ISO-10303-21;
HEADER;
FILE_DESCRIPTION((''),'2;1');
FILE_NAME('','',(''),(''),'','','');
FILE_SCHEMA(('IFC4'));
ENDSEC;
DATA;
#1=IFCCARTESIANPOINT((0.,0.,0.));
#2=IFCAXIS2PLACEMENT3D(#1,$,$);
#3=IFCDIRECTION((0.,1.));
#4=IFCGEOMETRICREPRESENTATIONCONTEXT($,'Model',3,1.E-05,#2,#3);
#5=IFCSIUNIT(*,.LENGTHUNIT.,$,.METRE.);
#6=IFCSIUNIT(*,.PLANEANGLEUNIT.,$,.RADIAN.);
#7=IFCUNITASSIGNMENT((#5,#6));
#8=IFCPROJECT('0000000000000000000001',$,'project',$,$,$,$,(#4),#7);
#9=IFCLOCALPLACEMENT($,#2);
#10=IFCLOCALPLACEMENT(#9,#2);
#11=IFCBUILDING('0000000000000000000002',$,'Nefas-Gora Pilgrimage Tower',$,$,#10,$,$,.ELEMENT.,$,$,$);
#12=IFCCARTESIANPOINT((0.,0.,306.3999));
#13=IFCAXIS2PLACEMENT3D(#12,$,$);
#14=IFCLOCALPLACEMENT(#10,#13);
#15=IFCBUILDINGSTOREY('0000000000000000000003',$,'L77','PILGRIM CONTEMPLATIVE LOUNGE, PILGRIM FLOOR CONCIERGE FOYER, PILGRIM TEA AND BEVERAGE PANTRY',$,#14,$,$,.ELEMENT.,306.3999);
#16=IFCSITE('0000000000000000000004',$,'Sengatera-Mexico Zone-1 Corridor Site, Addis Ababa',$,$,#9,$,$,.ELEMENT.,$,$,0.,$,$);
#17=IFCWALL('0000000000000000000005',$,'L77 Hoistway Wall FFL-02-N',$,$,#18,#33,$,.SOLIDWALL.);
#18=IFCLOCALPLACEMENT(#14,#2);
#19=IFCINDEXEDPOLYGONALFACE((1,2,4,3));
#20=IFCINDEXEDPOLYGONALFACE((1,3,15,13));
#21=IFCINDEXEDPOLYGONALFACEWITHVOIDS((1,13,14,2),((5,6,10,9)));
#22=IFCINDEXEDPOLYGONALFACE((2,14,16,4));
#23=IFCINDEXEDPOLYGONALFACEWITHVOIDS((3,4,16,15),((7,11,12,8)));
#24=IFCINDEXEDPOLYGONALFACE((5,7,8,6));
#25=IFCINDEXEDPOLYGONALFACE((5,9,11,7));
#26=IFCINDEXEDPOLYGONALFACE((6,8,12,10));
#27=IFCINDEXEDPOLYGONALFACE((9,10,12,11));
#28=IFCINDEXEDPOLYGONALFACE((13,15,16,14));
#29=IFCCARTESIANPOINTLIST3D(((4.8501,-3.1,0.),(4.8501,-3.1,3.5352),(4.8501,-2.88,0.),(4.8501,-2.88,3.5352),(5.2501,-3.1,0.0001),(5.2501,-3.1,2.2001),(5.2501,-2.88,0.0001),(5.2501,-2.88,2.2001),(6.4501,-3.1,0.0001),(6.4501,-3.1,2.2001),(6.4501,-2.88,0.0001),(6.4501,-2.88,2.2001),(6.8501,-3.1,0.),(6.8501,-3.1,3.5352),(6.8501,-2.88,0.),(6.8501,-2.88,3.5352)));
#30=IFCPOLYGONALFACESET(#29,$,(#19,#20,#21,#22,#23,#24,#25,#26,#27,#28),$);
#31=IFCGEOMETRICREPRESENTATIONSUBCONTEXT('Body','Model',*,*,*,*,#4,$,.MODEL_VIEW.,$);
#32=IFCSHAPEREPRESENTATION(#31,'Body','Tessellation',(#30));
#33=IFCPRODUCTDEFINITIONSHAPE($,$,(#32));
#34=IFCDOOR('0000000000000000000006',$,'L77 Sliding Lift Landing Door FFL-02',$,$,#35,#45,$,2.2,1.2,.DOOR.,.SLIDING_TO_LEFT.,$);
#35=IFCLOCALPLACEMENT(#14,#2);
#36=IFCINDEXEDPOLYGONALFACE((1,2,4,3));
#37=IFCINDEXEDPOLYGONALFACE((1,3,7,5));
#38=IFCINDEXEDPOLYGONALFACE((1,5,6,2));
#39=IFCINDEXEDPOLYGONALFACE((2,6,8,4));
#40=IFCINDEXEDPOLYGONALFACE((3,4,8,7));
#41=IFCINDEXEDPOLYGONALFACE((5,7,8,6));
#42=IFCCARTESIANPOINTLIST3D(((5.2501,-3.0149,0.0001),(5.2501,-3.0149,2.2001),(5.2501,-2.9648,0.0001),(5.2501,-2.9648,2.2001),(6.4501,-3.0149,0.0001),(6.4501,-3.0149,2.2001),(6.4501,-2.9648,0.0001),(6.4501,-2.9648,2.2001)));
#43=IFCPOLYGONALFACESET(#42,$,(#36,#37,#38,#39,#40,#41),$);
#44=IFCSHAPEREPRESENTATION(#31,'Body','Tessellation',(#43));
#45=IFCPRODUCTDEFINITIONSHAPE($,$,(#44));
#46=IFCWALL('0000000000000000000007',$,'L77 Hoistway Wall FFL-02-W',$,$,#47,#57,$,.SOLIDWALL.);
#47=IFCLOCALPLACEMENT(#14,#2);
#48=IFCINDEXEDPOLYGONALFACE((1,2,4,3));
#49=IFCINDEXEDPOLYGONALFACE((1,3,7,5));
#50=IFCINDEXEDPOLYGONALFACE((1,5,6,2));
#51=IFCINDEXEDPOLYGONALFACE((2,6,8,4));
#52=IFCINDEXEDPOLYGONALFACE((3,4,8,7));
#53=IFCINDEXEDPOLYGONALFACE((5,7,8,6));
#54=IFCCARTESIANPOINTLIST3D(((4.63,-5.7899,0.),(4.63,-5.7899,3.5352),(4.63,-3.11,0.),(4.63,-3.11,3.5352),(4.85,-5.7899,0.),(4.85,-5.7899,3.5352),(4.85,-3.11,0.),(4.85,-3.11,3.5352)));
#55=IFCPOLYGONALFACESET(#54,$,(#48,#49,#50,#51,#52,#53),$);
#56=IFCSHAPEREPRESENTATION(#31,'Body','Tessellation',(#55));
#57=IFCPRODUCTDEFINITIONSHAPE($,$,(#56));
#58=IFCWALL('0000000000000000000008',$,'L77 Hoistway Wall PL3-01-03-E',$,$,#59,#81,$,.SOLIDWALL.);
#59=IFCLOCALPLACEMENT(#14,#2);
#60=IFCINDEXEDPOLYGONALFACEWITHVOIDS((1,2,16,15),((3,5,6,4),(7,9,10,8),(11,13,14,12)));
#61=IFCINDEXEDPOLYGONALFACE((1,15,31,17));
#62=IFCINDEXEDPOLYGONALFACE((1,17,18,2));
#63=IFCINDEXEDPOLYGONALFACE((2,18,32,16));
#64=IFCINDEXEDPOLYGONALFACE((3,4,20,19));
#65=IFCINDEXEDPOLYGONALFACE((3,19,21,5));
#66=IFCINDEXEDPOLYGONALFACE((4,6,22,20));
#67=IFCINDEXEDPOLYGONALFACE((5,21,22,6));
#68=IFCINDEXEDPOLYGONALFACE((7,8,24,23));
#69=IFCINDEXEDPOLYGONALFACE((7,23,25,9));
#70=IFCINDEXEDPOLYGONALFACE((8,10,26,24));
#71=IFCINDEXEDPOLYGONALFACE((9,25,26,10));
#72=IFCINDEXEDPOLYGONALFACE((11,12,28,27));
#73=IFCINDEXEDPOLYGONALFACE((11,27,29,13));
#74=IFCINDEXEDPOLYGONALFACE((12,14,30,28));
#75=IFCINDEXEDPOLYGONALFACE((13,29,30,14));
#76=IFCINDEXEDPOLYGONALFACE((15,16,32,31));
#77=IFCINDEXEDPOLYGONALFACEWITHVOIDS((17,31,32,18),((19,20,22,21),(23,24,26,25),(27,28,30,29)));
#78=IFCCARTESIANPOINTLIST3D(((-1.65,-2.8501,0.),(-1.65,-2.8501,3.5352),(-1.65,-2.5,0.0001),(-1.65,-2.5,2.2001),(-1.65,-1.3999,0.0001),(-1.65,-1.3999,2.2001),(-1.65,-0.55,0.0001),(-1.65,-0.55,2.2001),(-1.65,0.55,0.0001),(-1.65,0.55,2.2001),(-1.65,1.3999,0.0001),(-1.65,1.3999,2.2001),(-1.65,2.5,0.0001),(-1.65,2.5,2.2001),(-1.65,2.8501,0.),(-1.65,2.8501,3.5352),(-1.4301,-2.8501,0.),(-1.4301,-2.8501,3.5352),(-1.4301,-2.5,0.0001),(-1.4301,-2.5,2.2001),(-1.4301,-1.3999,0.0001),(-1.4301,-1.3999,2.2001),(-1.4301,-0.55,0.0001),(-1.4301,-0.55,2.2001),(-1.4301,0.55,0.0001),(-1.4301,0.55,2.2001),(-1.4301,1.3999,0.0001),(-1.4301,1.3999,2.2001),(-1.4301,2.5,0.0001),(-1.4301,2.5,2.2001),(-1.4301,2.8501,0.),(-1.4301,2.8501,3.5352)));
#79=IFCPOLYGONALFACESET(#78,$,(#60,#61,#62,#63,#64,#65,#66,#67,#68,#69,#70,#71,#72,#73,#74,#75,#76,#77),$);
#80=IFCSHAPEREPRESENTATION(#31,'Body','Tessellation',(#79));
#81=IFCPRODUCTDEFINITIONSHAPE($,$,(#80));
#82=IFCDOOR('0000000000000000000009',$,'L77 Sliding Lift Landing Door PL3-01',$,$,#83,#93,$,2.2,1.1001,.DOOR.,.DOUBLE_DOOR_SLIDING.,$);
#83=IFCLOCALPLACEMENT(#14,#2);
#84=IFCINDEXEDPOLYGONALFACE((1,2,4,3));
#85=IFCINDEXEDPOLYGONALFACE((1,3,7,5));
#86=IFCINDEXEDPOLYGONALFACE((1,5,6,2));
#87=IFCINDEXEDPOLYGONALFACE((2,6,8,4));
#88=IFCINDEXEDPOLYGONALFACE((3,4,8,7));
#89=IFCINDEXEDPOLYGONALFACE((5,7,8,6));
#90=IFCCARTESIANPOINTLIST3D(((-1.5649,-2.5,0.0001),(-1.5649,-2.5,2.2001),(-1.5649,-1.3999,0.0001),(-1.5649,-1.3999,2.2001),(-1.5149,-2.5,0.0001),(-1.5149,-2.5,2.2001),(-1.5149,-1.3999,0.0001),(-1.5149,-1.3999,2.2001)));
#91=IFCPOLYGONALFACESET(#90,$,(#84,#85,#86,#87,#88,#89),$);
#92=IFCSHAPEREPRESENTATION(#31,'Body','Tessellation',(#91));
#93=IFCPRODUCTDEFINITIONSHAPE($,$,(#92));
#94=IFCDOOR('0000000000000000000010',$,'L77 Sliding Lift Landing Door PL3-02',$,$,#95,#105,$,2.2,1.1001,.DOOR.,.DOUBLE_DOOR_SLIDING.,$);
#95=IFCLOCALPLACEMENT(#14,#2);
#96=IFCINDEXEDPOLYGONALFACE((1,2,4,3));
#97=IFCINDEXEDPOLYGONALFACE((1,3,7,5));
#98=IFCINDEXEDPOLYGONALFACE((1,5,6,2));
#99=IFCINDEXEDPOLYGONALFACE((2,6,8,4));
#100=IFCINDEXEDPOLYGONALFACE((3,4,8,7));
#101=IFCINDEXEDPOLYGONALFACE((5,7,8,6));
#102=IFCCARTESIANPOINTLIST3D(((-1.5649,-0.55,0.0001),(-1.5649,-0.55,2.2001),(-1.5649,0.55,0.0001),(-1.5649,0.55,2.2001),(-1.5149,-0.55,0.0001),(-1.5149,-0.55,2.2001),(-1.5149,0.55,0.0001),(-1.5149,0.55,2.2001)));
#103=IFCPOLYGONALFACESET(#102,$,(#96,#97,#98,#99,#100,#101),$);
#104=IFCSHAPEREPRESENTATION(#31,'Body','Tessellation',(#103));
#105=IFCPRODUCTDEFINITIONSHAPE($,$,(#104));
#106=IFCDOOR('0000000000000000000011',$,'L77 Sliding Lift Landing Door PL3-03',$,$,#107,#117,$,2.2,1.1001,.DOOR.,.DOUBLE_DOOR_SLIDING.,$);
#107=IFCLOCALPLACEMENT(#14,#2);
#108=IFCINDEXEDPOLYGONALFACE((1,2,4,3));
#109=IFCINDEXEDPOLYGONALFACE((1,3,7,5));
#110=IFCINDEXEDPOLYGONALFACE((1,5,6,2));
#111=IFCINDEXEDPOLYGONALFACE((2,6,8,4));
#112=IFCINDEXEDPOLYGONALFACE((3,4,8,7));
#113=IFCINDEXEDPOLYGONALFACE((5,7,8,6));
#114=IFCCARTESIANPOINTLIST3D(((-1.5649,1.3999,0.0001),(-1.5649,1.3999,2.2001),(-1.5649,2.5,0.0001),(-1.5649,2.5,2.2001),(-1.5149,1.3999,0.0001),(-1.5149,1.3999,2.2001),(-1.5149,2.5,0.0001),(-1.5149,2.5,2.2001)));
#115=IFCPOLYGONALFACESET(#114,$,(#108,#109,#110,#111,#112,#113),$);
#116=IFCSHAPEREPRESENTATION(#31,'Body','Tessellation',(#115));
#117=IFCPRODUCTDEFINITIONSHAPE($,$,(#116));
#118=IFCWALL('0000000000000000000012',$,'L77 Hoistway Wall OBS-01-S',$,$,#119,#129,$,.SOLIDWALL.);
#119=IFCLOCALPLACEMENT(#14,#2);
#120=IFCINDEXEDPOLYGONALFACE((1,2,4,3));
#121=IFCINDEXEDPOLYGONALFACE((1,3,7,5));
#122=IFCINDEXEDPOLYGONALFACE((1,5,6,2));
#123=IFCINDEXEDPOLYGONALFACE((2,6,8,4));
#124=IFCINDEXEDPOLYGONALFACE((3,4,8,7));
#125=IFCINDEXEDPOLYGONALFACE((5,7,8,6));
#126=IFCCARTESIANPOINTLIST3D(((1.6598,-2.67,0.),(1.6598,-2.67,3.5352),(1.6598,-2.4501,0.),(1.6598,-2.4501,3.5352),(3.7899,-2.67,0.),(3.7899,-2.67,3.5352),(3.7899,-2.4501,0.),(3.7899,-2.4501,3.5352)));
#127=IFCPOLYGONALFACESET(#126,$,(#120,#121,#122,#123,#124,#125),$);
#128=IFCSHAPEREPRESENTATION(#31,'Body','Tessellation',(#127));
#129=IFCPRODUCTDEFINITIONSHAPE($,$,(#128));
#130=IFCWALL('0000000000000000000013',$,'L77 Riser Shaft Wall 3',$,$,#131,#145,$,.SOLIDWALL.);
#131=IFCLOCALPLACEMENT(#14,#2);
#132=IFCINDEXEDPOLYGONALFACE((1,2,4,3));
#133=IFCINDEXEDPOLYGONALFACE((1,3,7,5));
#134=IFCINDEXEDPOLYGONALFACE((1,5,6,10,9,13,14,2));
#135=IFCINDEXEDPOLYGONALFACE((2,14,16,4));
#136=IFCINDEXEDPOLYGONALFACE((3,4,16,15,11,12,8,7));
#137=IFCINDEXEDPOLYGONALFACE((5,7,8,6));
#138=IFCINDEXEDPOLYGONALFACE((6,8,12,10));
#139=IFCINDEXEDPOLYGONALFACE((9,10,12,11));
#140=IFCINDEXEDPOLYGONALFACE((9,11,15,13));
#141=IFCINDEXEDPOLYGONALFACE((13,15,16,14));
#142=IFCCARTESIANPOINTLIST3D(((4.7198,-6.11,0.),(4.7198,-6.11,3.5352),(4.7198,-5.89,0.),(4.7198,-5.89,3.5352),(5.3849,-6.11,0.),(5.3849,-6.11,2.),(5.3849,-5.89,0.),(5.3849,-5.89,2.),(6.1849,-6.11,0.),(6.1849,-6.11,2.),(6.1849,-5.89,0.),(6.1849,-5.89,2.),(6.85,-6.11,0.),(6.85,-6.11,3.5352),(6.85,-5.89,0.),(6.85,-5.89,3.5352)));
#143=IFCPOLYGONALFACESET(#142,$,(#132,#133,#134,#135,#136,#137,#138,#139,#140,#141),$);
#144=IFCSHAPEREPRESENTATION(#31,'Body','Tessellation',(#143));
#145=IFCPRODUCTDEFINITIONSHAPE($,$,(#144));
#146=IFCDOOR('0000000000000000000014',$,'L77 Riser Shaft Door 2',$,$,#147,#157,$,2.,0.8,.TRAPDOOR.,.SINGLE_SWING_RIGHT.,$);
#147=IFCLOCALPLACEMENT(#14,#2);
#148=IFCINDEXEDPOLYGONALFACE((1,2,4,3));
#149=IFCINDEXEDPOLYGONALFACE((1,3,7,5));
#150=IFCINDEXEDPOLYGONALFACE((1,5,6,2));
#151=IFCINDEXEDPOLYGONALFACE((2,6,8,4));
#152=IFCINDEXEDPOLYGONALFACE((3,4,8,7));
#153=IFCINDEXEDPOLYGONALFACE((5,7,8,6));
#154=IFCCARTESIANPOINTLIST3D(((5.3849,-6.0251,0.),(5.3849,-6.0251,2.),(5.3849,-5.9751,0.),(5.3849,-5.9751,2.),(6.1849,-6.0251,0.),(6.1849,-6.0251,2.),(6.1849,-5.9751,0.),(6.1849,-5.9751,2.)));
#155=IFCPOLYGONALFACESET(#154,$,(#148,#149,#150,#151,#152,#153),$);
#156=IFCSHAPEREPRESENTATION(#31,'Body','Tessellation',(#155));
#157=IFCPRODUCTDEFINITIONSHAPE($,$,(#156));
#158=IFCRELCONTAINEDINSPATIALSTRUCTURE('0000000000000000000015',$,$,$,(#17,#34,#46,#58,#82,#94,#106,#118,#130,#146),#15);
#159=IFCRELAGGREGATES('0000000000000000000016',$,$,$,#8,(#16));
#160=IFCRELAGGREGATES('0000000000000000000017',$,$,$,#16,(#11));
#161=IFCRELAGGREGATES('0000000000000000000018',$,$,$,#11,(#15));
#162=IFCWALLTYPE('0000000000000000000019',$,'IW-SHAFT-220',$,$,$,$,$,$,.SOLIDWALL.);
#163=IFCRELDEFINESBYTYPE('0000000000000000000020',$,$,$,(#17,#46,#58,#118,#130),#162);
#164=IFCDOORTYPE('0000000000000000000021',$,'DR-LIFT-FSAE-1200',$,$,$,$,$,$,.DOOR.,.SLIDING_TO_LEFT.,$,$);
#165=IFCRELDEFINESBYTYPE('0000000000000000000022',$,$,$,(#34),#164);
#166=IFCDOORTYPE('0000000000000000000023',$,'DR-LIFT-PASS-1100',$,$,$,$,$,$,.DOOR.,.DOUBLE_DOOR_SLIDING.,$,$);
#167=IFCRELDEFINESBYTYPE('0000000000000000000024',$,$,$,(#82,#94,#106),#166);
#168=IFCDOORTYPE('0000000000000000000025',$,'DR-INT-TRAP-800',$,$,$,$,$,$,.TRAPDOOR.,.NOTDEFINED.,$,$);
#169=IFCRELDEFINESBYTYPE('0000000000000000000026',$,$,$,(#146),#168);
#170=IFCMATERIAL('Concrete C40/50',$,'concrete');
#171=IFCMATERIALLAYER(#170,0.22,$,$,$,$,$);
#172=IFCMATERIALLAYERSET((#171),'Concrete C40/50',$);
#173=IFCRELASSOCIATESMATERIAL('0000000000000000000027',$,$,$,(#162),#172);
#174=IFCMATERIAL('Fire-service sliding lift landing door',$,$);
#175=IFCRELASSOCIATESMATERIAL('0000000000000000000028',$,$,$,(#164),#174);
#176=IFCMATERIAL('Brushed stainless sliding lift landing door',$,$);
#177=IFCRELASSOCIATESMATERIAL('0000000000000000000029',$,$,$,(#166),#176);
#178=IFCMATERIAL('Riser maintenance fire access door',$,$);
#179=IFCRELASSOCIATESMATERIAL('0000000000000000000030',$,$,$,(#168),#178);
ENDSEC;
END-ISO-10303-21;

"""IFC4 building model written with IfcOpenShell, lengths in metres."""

from ifc_helpers import new_model, si_unit, direction, frame, frame_2d, origin, place, context, subcontext, project, spatial, rectangle, extrude, source, transform, mapped, material, layer, layer_set, type_object, element, fill, save


model = new_model("IFC4")

# Units and contexts
model_context = context("Model", 3, precision=1e-05, world=origin(), true_north=direction((0.0, 1.0)))
body_context = subcontext(model_context, "Body", "Model", "MODEL_VIEW")
ifc_project = project(units=[si_unit("LENGTHUNIT", "METRE"), si_unit("PLANEANGLEUNIT", "RADIAN")], contexts=[model_context])

# Site, building, storey
site_placement = place(None, origin())
site = spatial("IfcSite", under=ifc_project, at=site_placement, Name="Sengatera-Mexico Zone-1 Corridor Site, Addis Ababa", CompositionType="ELEMENT", RefElevation=0.0)
building_placement = place(site_placement, origin())
building = spatial("IfcBuilding", under=site, at=building_placement, Name="Nefas-Gora Pilgrimage Tower", CompositionType="ELEMENT")
storey_placement = place(building_placement, frame((0.0, 0.0, 306.3999)))
storey = spatial("IfcBuildingStorey", under=building, at=storey_placement, Name="L77", Description="PILGRIM CONTEMPLATIVE LOUNGE, PILGRIM FLOOR CONCIERGE FOYER, PILGRIM TEA AND BEVERAGE PANTRY", CompositionType="ELEMENT", Elevation=306.3999)

# Shared definitions
ifc_material_1 = material(Name="Concrete C40/50", Category="concrete")

# Wall, opening, door
ifc_layer_1 = layer(ifc_material_1, 0.22)
ifc_layer_set_1 = layer_set([ifc_layer_1], Name="Concrete C40/50")
wall_type_1 = type_object("IfcWallType", Name="IW-SHAFT-220", PredefinedType="SOLIDWALL", material=ifc_layer_set_1)
shared_shape_1 = source(origin(), body_context, "Body", "SweptSolid", [
    extrude(rectangle(XDim=2.0, YDim=0.22, at=frame_2d((1.0, 0.0))), origin(), (0.0, 0.0, 1.0), 3.5352),
])
wall_1_placement = place(storey_placement, frame((6.8501, -2.99, 0.0), z_axis=(0.0, 0.0, 1.0), x_axis=(-1.0, 0.0, 0.0)))
wall_1 = element("IfcWall", 1, at=wall_1_placement, inside=storey, type_object=wall_type_1, Name="L77 Hoistway Wall FFL-02-N", PredefinedType="SOLIDWALL", context=body_context, shape_type="MappedRepresentation", body=[
    mapped(shared_shape_1, transform((0.0, 0.0, 0.0), x_axis=(1.0, 0.0, 0.0), y_axis=(0.0, 1.0, 0.0), z_axis=(0.0, 0.0, 1.0), scale=1.0)),
])
opening_1_placement = place(wall_1_placement, frame((0.3999, 0.0, 0.0)))
opening_1 = element("IfcOpeningElement", 2, at=opening_1_placement, cuts=wall_1, PredefinedType="OPENING", context=body_context, shape_type="SweptSolid", body=[
    extrude(rectangle(XDim=1.2, YDim=2.2, at=frame_2d((0.6001, 1.1001))), frame((0.0, 0.1199, 0.0), z_axis=(0.0, -1.0, 0.0), x_axis=(1.0, 0.0, 0.0)), (0.0, 0.0, 1.0), 0.24),
])
ifc_material_2 = material(Name="Fire-service sliding lift landing door")
door_type_1 = type_object("IfcDoorType", Name="DR-LIFT-FSAE-1200", OperationType="SLIDING_TO_LEFT", PredefinedType="DOOR", material=ifc_material_2)
shared_shape_2 = source(origin(), body_context, "Body", "SweptSolid", [
    extrude(rectangle(XDim=1.2, YDim=2.2, at=frame_2d((0.6001, 1.1001))), frame((0.0, 0.0249, 0.0), z_axis=(0.0, -1.0, 0.0), x_axis=(1.0, 0.0, 0.0)), (0.0, 0.0, 1.0), 0.05),
])
door_1_placement = place(opening_1_placement, origin())
door_1 = element("IfcDoor", 3, at=door_1_placement, inside=storey, type_object=door_type_1, Name="L77 Sliding Lift Landing Door FFL-02", OperationType="SLIDING_TO_LEFT", OverallHeight=2.2, OverallWidth=1.2, PredefinedType="DOOR", context=body_context, shape_type="MappedRepresentation", body=[
    mapped(shared_shape_2, transform((0.0, 0.0, 0.0), x_axis=(1.0, 0.0, 0.0), y_axis=(0.0, 1.0, 0.0), z_axis=(0.0, 0.0, 1.0), scale=1.0)),
])
fill(opening_1, door_1)

# Wall
shared_shape_3 = source(origin(), body_context, "Body", "SweptSolid", [
    extrude(rectangle(XDim=2.6799, YDim=0.22, at=frame_2d((1.3398, 0.0))), origin(), (0.0, 0.0, 1.0), 3.5352),
])
wall_2_placement = place(storey_placement, frame((4.74, -3.1101, 0.0), z_axis=(0.0, 0.0, 1.0), x_axis=(0.0, -1.0, 0.0)))
element("IfcWall", 4, at=wall_2_placement, inside=storey, type_object=wall_type_1, Name="L77 Hoistway Wall FFL-02-W", PredefinedType="SOLIDWALL", context=body_context, shape_type="MappedRepresentation", body=[
    mapped(shared_shape_3, transform((0.0, 0.0, 0.0), x_axis=(1.0, 0.0, 0.0), y_axis=(0.0, 1.0, 0.0), z_axis=(0.0, 0.0, 1.0), scale=1.0)),
])

# Wall, openings, doors
shared_shape_4 = source(origin(), body_context, "Body", "SweptSolid", [
    extrude(rectangle(XDim=5.7002, YDim=0.22, at=frame_2d((2.8501, 0.0))), origin(), (0.0, 0.0, 1.0), 3.5352),
])
wall_3_placement = place(storey_placement, frame((-1.54, -2.8501, 0.0), z_axis=(0.0, 0.0, 1.0), x_axis=(0.0, 1.0, 0.0)))
wall_3 = element("IfcWall", 5, at=wall_3_placement, inside=storey, type_object=wall_type_1, Name="L77 Hoistway Wall PL3-01-03-E", PredefinedType="SOLIDWALL", context=body_context, shape_type="MappedRepresentation", body=[
    mapped(shared_shape_4, transform((0.0, 0.0, 0.0), x_axis=(1.0, 0.0, 0.0), y_axis=(0.0, 1.0, 0.0), z_axis=(0.0, 0.0, 1.0), scale=1.0)),
])
opening_2_placement = place(wall_3_placement, frame((0.3501, 0.0, 0.0)))
opening_2 = element("IfcOpeningElement", 6, at=opening_2_placement, cuts=wall_3, PredefinedType="OPENING", context=body_context, shape_type="SweptSolid", body=[
    extrude(rectangle(XDim=1.1001, YDim=2.2, at=frame_2d((0.55, 1.1001))), frame((0.0, 0.1199, 0.0), z_axis=(0.0, -1.0, 0.0), x_axis=(1.0, 0.0, 0.0)), (0.0, 0.0, 1.0), 0.24),
])
opening_3_placement = place(wall_3_placement, frame((2.3, 0.0, 0.0)))
opening_3 = element("IfcOpeningElement", 7, at=opening_3_placement, cuts=wall_3, PredefinedType="OPENING", context=body_context, shape_type="SweptSolid", body=[
    extrude(rectangle(XDim=1.1001, YDim=2.2, at=frame_2d((0.55, 1.1001))), frame((0.0, 0.1199, 0.0), z_axis=(0.0, -1.0, 0.0), x_axis=(1.0, 0.0, 0.0)), (0.0, 0.0, 1.0), 0.24),
])
opening_4_placement = place(wall_3_placement, frame((4.25, 0.0, 0.0)))
opening_4 = element("IfcOpeningElement", 8, at=opening_4_placement, cuts=wall_3, PredefinedType="OPENING", context=body_context, shape_type="SweptSolid", body=[
    extrude(rectangle(XDim=1.1001, YDim=2.2, at=frame_2d((0.55, 1.1001))), frame((0.0, 0.1199, 0.0), z_axis=(0.0, -1.0, 0.0), x_axis=(1.0, 0.0, 0.0)), (0.0, 0.0, 1.0), 0.24),
])
ifc_material_3 = material(Name="Brushed stainless sliding lift landing door")
door_type_2 = type_object("IfcDoorType", Name="DR-LIFT-PASS-1100", OperationType="DOUBLE_DOOR_SLIDING", PredefinedType="DOOR", material=ifc_material_3)
shared_shape_5 = source(origin(), body_context, "Body", "SweptSolid", [
    extrude(rectangle(XDim=1.1001, YDim=2.2, at=frame_2d((0.55, 1.1001))), frame((0.0, 0.0249, 0.0), z_axis=(0.0, -1.0, 0.0), x_axis=(1.0, 0.0, 0.0)), (0.0, 0.0, 1.0), 0.05),
])
door_2_placement = place(opening_2_placement, origin())
door_2 = element("IfcDoor", 9, at=door_2_placement, inside=storey, type_object=door_type_2, Name="L77 Sliding Lift Landing Door PL3-01", OperationType="DOUBLE_DOOR_SLIDING", OverallHeight=2.2, OverallWidth=1.1001, PredefinedType="DOOR", context=body_context, shape_type="MappedRepresentation", body=[
    mapped(shared_shape_5, transform((0.0, 0.0, 0.0), x_axis=(1.0, 0.0, 0.0), y_axis=(0.0, 1.0, 0.0), z_axis=(0.0, 0.0, 1.0), scale=1.0)),
])
fill(opening_2, door_2)
door_3_placement = place(opening_3_placement, origin())
door_3 = element("IfcDoor", 10, at=door_3_placement, inside=storey, type_object=door_type_2, Name="L77 Sliding Lift Landing Door PL3-02", OperationType="DOUBLE_DOOR_SLIDING", OverallHeight=2.2, OverallWidth=1.1001, PredefinedType="DOOR", context=body_context, shape_type="MappedRepresentation", body=[
    mapped(shared_shape_5, transform((0.0, 0.0, 0.0), x_axis=(1.0, 0.0, 0.0), y_axis=(0.0, 1.0, 0.0), z_axis=(0.0, 0.0, 1.0), scale=1.0)),
])
fill(opening_3, door_3)
door_4_placement = place(opening_4_placement, origin())
door_4 = element("IfcDoor", 11, at=door_4_placement, inside=storey, type_object=door_type_2, Name="L77 Sliding Lift Landing Door PL3-03", OperationType="DOUBLE_DOOR_SLIDING", OverallHeight=2.2, OverallWidth=1.1001, PredefinedType="DOOR", context=body_context, shape_type="MappedRepresentation", body=[
    mapped(shared_shape_5, transform((0.0, 0.0, 0.0), x_axis=(1.0, 0.0, 0.0), y_axis=(0.0, 1.0, 0.0), z_axis=(0.0, 0.0, 1.0), scale=1.0)),
])
fill(opening_4, door_4)

# Wall
shared_shape_6 = source(origin(), body_context, "Body", "SweptSolid", [
    extrude(rectangle(XDim=2.1301, YDim=0.22, at=frame_2d((1.0649, 0.0))), origin(), (0.0, 0.0, 1.0), 3.5352),
])
wall_4_placement = place(storey_placement, frame((1.6599, -2.5601, 0.0), z_axis=(0.0, 0.0, 1.0), x_axis=(1.0, 0.0, 0.0)))
element("IfcWall", 12, at=wall_4_placement, inside=storey, type_object=wall_type_1, Name="L77 Hoistway Wall OBS-01-S", PredefinedType="SOLIDWALL", context=body_context, shape_type="MappedRepresentation", body=[
    mapped(shared_shape_6, transform((0.0, 0.0, 0.0), x_axis=(1.0, 0.0, 0.0), y_axis=(0.0, 1.0, 0.0), z_axis=(0.0, 0.0, 1.0), scale=1.0)),
])

# Wall, opening, door
wall_5_placement = place(storey_placement, frame((4.72, -6.0, 0.0), z_axis=(0.0, 0.0, 1.0), x_axis=(1.0, 0.0, 0.0)))
wall_5 = element("IfcWall", 13, at=wall_5_placement, inside=storey, type_object=wall_type_1, Name="L77 Riser Shaft Wall 3", PredefinedType="SOLIDWALL", context=body_context, shape_type="MappedRepresentation", body=[
    mapped(shared_shape_6, transform((0.0, 0.0, 0.0), x_axis=(1.0, 0.0, 0.0), y_axis=(0.0, 1.0, 0.0), z_axis=(0.0, 0.0, 1.0), scale=1.0)),
])
opening_5_placement = place(wall_5_placement, frame((0.665, 0.0, 0.0)))
opening_5 = element("IfcOpeningElement", 14, at=opening_5_placement, cuts=wall_5, PredefinedType="OPENING", context=body_context, shape_type="SweptSolid", body=[
    extrude(rectangle(XDim=0.8, YDim=2.0, at=frame_2d((0.3999, 1.0))), frame((0.0, 0.1199, 0.0), z_axis=(0.0, -1.0, 0.0), x_axis=(1.0, 0.0, 0.0)), (0.0, 0.0, 1.0), 0.24),
])
ifc_material_4 = material(Name="Riser maintenance fire access door")
door_type_3 = type_object("IfcDoorType", Name="DR-INT-TRAP-800", OperationType="NOTDEFINED", PredefinedType="TRAPDOOR", material=ifc_material_4)
shared_shape_7 = source(origin(), body_context, "Body", "SweptSolid", [
    extrude(rectangle(XDim=0.8, YDim=2.0, at=frame_2d((0.3999, 1.0))), frame((0.0, 0.0249, 0.0), z_axis=(0.0, -1.0, 0.0), x_axis=(1.0, 0.0, 0.0)), (0.0, 0.0, 1.0), 0.05),
])
door_5_placement = place(opening_5_placement, origin())
door_5 = element("IfcDoor", 15, at=door_5_placement, inside=storey, type_object=door_type_3, Name="L77 Riser Shaft Door 2", OperationType="SINGLE_SWING_RIGHT", OverallHeight=2.0, OverallWidth=0.8, PredefinedType="TRAPDOOR", context=body_context, shape_type="MappedRepresentation", body=[
    mapped(shared_shape_7, transform((0.0, 0.0, 0.0), x_axis=(1.0, 0.0, 0.0), y_axis=(0.0, 1.0, 0.0), z_axis=(0.0, 0.0, 1.0), scale=1.0)),
])
fill(opening_5, door_5)

save(model, "model.ifc")
